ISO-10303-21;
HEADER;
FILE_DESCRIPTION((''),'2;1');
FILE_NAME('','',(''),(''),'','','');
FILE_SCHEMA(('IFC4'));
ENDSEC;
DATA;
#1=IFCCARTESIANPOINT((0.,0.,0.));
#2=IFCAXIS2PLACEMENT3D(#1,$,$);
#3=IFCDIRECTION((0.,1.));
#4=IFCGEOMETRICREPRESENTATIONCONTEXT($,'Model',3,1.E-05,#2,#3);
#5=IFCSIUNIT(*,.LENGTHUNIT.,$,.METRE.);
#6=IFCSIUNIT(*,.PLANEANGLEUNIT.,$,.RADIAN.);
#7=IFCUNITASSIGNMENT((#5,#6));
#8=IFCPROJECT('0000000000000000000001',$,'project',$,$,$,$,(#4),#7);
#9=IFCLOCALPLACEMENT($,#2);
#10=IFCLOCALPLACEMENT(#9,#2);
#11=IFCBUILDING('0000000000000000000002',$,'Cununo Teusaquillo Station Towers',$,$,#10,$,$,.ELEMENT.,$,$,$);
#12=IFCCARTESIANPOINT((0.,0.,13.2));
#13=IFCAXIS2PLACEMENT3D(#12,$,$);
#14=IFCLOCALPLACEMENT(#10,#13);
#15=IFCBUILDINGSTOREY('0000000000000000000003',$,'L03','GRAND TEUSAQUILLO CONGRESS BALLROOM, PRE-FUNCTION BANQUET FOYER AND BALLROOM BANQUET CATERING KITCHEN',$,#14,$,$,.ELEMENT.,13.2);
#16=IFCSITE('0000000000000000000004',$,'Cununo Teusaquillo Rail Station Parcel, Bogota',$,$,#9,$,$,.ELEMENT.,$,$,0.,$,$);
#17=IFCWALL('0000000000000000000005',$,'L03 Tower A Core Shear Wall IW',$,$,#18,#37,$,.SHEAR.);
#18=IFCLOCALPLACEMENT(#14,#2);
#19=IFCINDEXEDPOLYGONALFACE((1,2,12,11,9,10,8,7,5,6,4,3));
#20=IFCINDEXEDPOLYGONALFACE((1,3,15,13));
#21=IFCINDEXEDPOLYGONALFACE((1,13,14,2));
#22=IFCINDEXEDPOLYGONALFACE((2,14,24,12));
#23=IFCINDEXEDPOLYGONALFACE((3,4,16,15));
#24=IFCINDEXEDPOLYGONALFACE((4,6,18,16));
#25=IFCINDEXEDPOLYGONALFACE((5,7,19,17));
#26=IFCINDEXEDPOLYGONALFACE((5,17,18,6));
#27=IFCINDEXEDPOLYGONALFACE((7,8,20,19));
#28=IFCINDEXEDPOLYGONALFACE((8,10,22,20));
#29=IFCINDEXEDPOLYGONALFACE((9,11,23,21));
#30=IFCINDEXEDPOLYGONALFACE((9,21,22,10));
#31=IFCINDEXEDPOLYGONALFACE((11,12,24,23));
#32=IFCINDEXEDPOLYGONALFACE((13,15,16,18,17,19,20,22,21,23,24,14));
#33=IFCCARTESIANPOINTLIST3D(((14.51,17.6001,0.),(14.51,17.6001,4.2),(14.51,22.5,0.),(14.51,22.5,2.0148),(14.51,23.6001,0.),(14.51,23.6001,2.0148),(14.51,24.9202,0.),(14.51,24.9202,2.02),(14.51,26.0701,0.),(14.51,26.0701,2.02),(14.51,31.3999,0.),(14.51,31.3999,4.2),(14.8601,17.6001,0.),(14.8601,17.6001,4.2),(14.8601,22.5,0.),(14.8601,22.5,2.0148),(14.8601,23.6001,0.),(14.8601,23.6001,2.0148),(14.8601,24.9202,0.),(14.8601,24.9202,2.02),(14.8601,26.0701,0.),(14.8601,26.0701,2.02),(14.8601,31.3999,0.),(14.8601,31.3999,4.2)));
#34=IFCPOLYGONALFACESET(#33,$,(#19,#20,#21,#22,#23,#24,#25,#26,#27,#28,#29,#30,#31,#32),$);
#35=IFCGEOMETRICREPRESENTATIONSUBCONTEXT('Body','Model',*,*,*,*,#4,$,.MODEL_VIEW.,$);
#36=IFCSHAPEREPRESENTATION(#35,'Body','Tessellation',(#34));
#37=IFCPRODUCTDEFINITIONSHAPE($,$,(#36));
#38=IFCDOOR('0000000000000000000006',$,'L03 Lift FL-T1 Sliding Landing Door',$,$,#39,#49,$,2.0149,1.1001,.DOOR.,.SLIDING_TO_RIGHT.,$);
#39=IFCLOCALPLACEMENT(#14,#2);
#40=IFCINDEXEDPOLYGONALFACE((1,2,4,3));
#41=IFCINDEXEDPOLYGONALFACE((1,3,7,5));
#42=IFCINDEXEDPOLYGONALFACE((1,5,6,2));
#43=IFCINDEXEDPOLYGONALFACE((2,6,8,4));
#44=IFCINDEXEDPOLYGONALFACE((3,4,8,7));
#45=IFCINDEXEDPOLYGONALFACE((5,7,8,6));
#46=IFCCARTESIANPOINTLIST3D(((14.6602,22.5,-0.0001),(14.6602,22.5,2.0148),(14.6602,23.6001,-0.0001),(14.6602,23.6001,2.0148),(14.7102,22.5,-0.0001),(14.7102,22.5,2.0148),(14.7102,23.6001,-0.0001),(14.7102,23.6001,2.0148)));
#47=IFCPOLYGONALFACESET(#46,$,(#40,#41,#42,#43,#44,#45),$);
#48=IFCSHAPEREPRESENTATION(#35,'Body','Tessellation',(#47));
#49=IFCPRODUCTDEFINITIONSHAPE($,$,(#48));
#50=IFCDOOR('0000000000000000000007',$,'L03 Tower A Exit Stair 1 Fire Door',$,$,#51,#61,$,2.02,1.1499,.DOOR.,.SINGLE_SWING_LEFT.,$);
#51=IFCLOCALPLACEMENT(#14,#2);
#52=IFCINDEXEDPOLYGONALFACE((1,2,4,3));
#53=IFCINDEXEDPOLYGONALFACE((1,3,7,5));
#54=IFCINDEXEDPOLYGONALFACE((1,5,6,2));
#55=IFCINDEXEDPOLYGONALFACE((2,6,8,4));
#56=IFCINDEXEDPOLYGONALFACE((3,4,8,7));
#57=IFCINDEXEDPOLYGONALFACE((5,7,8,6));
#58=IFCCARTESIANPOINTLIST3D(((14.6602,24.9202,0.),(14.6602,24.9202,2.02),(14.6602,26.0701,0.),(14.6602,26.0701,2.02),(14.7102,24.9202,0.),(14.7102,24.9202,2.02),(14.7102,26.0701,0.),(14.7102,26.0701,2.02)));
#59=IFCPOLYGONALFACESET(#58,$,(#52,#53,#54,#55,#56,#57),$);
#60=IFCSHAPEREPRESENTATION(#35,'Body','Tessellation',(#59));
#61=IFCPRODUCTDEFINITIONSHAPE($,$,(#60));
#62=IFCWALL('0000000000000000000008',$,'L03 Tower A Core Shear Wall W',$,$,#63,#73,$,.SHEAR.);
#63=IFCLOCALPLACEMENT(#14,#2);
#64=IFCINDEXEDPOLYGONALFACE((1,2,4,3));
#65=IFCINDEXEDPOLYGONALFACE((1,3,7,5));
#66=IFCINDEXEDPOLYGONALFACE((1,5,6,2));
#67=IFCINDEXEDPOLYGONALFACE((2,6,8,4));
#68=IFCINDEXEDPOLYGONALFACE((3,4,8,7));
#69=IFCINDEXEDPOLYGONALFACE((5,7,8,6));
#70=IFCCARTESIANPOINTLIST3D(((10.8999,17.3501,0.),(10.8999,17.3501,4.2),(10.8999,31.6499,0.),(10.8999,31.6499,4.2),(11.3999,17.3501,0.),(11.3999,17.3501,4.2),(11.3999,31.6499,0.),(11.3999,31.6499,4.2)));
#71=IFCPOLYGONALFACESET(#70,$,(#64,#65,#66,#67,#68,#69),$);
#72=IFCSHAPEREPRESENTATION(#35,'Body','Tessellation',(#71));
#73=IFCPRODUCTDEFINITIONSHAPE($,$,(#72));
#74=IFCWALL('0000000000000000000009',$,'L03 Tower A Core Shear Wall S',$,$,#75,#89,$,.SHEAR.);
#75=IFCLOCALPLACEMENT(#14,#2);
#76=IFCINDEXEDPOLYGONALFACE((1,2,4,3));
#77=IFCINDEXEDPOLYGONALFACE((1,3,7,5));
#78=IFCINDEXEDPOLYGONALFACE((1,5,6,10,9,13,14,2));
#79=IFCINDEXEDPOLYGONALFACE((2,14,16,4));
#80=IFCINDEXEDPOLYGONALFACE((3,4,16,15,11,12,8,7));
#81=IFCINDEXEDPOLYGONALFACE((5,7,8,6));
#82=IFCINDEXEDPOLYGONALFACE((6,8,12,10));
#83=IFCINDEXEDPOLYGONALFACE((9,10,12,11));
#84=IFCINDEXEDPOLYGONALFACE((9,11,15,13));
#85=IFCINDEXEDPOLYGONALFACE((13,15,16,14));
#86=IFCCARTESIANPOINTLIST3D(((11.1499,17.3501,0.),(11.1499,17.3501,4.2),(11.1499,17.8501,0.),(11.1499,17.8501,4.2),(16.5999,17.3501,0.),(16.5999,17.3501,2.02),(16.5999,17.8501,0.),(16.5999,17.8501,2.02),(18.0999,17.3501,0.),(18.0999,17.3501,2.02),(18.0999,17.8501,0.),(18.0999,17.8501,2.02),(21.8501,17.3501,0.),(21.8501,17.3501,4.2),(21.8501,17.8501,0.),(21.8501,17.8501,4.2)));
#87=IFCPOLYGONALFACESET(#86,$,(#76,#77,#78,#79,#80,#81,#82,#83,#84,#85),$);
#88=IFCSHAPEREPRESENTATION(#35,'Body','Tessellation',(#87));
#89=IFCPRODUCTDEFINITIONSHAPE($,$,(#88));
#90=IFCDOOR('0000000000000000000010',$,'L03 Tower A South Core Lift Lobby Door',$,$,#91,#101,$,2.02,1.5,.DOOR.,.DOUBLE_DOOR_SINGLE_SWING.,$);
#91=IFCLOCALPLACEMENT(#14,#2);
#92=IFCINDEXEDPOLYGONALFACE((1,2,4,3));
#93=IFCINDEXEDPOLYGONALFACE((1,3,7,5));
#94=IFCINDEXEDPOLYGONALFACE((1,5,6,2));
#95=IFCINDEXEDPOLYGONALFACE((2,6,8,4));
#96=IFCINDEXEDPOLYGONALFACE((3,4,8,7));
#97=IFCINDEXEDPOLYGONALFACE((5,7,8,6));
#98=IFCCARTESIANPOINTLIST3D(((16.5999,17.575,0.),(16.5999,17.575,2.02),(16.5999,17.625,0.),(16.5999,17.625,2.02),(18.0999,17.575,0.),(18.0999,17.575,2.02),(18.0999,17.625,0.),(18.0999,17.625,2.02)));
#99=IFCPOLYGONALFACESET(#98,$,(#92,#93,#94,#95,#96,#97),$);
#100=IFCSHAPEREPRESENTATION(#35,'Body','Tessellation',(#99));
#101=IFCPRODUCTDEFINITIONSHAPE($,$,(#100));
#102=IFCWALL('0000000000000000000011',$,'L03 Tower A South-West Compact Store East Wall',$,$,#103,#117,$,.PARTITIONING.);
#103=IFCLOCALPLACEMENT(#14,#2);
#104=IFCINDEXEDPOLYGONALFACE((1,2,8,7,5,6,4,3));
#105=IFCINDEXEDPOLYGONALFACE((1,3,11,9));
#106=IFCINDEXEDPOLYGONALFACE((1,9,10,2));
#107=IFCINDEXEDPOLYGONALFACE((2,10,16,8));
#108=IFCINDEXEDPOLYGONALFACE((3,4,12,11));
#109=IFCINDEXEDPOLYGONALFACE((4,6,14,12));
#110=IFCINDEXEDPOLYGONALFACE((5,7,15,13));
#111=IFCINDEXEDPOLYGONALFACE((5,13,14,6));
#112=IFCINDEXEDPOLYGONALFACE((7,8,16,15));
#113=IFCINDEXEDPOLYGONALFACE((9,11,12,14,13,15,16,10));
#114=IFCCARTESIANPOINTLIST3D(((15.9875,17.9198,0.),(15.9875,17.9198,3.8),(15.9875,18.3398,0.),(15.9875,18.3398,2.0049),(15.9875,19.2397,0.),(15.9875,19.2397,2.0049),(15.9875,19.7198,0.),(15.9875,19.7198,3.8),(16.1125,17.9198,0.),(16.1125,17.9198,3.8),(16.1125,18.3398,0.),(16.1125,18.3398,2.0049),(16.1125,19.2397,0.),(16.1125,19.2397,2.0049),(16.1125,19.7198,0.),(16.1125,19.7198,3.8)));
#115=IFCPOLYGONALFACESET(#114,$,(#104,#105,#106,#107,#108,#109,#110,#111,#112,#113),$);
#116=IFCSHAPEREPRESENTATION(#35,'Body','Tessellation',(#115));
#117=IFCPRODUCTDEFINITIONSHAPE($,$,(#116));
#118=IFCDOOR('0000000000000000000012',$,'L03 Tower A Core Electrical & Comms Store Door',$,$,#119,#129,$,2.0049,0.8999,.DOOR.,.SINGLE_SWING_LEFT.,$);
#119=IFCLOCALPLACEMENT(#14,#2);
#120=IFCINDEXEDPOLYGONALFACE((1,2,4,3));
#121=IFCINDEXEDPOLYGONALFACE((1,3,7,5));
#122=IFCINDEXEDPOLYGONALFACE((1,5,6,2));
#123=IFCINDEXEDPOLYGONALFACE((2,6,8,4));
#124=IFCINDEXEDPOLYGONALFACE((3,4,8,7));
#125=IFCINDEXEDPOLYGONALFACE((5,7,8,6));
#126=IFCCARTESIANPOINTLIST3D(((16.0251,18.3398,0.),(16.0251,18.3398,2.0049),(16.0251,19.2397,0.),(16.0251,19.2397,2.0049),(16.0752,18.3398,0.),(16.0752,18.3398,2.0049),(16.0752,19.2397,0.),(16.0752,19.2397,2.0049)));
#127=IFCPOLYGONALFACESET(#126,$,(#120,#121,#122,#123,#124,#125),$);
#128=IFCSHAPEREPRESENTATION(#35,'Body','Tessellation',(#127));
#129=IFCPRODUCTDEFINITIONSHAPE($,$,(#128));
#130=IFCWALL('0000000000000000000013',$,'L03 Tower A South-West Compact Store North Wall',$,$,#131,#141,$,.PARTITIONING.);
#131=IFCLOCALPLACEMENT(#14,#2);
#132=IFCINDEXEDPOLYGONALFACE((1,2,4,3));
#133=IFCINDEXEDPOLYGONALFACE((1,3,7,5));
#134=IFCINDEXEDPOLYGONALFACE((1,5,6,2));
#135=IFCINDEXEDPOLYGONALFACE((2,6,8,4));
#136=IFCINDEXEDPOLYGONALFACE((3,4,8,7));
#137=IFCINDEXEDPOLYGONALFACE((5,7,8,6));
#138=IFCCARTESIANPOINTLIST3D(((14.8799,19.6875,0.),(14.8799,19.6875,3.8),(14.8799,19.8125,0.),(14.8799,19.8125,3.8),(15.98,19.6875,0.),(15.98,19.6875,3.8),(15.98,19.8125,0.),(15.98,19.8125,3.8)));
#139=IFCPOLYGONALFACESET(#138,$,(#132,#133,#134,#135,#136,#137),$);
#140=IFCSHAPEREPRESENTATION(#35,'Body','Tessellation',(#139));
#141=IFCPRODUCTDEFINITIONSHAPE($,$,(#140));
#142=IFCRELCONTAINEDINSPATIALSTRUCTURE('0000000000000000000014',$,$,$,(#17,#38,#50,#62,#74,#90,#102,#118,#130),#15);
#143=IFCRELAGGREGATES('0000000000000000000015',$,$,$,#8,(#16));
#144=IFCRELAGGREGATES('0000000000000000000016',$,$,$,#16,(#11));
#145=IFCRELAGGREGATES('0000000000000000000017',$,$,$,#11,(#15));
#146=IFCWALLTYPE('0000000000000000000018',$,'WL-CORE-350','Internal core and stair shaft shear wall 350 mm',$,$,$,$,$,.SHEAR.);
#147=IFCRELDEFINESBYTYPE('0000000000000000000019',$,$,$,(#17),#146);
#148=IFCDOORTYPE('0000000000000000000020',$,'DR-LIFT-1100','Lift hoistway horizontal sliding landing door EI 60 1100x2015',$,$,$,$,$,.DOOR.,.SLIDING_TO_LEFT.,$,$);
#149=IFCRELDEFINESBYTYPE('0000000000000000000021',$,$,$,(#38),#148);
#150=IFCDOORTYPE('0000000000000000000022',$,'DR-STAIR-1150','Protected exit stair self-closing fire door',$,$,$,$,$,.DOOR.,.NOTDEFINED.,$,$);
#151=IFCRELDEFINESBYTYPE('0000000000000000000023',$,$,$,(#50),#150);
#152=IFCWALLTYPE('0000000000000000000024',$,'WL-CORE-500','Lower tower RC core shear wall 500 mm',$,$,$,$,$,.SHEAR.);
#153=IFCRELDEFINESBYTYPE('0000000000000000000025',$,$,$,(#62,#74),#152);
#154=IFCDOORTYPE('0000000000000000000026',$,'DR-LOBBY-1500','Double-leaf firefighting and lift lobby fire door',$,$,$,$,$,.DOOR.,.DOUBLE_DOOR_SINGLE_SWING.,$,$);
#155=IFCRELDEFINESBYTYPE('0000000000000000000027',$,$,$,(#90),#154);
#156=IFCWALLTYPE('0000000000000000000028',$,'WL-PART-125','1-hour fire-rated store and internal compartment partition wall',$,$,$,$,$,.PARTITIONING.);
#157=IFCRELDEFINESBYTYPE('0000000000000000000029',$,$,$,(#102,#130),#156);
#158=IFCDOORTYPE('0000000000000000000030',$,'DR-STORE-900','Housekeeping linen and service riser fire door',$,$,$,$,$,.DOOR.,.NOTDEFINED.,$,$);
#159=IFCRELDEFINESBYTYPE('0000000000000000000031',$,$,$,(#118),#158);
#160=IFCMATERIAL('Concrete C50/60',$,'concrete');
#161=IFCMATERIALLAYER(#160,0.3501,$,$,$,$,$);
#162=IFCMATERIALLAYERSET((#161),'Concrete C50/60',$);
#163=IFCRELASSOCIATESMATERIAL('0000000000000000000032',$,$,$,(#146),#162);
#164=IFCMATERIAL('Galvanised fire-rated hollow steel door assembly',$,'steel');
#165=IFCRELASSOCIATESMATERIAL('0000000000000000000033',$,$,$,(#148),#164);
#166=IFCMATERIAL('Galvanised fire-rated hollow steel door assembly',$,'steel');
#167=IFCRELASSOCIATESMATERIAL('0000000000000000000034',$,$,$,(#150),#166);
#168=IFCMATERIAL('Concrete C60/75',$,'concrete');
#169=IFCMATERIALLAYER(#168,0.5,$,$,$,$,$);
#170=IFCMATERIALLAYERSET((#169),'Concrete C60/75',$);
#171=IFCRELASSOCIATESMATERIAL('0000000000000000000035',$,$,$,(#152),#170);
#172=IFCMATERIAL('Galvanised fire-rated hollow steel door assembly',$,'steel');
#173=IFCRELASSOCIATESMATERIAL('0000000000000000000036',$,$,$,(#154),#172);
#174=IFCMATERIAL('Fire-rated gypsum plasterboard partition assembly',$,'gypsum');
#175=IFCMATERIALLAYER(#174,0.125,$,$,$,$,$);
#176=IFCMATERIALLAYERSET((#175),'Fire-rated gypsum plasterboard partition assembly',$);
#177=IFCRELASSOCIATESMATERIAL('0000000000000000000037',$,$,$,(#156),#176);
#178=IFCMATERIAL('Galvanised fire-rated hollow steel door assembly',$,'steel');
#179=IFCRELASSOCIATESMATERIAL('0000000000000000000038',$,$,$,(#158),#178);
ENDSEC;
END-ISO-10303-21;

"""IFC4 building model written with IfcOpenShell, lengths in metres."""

from ifc_helpers import new_model, si_unit, direction, frame, frame_2d, origin, place, context, subcontext, project, spatial, rectangle, extrude, source, transform, mapped, material, layer, layer_set, type_object, element, fill, save


model = new_model("IFC4")

# Units and contexts
model_context = context("Model", 3, precision=1e-05, world=origin(), true_north=direction((0.0, 1.0)))
body_context = subcontext(model_context, "Body", "Model", "MODEL_VIEW")
ifc_project = project(units=[si_unit("LENGTHUNIT", "METRE"), si_unit("PLANEANGLEUNIT", "RADIAN")], contexts=[model_context])

# Site, building, storey
site_placement = place(None, origin())
site = spatial("IfcSite", under=ifc_project, at=site_placement, Name="Cununo Teusaquillo Rail Station Parcel, Bogota", CompositionType="ELEMENT", RefElevation=0.0)
building_placement = place(site_placement, origin())
building = spatial("IfcBuilding", under=site, at=building_placement, Name="Cununo Teusaquillo Station Towers", CompositionType="ELEMENT")
storey_placement = place(building_placement, frame((0.0, 0.0, 13.2)))
storey = spatial("IfcBuildingStorey", under=building, at=storey_placement, Name="L03", Description="GRAND TEUSAQUILLO CONGRESS BALLROOM, PRE-FUNCTION BANQUET FOYER AND BALLROOM BANQUET CATERING KITCHEN", CompositionType="ELEMENT", Elevation=13.2)

# Shared definitions
ifc_material_1 = material(Name="Concrete C50/60", Category="concrete")
ifc_layer_1 = layer(ifc_material_1, 0.3501)
ifc_layer_set_1 = layer_set([ifc_layer_1], Name="Concrete C50/60")
wall_type_1 = type_object("IfcWallType", Name="WL-CORE-350", Description="Internal core and stair shaft shear wall 350 mm", PredefinedType="SHEAR", material=ifc_layer_set_1)

# Wall, openings, doors
wall_1_placement = place(storey_placement, frame((14.6851, 17.6001, 0.0), z_axis=(0.0, 0.0, 1.0), x_axis=(0.0, 1.0, 0.0)))
wall_1 = element("IfcWall", 1, at=wall_1_placement, inside=storey, type_object=wall_type_1, Name="L03 Tower A Core Shear Wall IW", PredefinedType="SHEAR", context=body_context, shape_type="SweptSolid", body=[
    extrude(rectangle(XDim=13.7998, YDim=0.3501, at=frame_2d((6.8999, 0.0))), origin(), (0.0, 0.0, 1.0), 4.2),
])
shared_shape_1 = source(origin(), body_context, "Body", "SweptSolid", [
    extrude(rectangle(XDim=1.1001, YDim=2.0149, at=frame_2d((0.55, 1.0073))), frame((0.0, 0.1851, 0.0), z_axis=(0.0, -1.0, 0.0), x_axis=(1.0, 0.0, 0.0)), (0.0, 0.0, 1.0), 0.3701),
])
opening_1_placement = place(wall_1_placement, frame((4.8999, 0.0, 0.0)))
opening_1 = element("IfcOpeningElement", 2, at=opening_1_placement, cuts=wall_1, PredefinedType="OPENING", context=body_context, shape_type="MappedRepresentation", body=[
    mapped(shared_shape_1, transform((0.0, 0.0, 0.0), x_axis=(1.0, 0.0, 0.0), y_axis=(0.0, 1.0, 0.0), z_axis=(0.0, 0.0, 1.0), scale=1.0)),
])
shared_shape_2 = source(origin(), body_context, "Body", "SweptSolid", [
    extrude(rectangle(XDim=1.1499, YDim=2.02, at=frame_2d((0.575, 1.01))), frame((0.0, 0.1851, 0.0), z_axis=(0.0, -1.0, 0.0), x_axis=(1.0, 0.0, 0.0)), (0.0, 0.0, 1.0), 0.3701),
])
opening_2_placement = place(wall_1_placement, frame((7.3201, 0.0, 0.0)))
opening_2 = element("IfcOpeningElement", 3, at=opening_2_placement, cuts=wall_1, PredefinedType="OPENING", context=body_context, shape_type="MappedRepresentation", body=[
    mapped(shared_shape_2, transform((0.0, 0.0, 0.0), x_axis=(1.0, 0.0, 0.0), y_axis=(0.0, 1.0, 0.0), z_axis=(0.0, 0.0, 1.0), scale=1.0)),
])
ifc_material_2 = material(Name="Galvanised fire-rated hollow steel door assembly", Category="steel")
door_type_1 = type_object("IfcDoorType", Name="DR-LIFT-1100", Description="Lift hoistway horizontal sliding landing door EI 60 1100x2015", OperationType="SLIDING_TO_LEFT", PredefinedType="DOOR", material=ifc_material_2)
shared_shape_3 = source(origin(), body_context, "Body", "SweptSolid", [
    extrude(rectangle(XDim=1.1001, YDim=2.0149, at=frame_2d((0.55, 1.0073))), frame((0.0, 0.0249, 0.0), z_axis=(0.0, -1.0, 0.0), x_axis=(1.0, 0.0, 0.0)), (0.0, 0.0, 1.0), 0.05),
])
door_1_placement = place(opening_1_placement, origin())
door_1 = element("IfcDoor", 4, at=door_1_placement, inside=storey, type_object=door_type_1, Name="L03 Lift FL-T1 Sliding Landing Door", OperationType="SLIDING_TO_RIGHT", OverallHeight=2.0149, OverallWidth=1.1001, PredefinedType="DOOR", context=body_context, shape_type="MappedRepresentation", body=[
    mapped(shared_shape_3, transform((0.0, 0.0, 0.0), x_axis=(1.0, 0.0, 0.0), y_axis=(0.0, 1.0, 0.0), z_axis=(0.0, 0.0, 1.0), scale=1.0)),
])
fill(opening_1, door_1)
ifc_material_3 = material(Name="Galvanised fire-rated hollow steel door assembly", Category="steel")
door_type_2 = type_object("IfcDoorType", Name="DR-STAIR-1150", Description="Protected exit stair self-closing fire door", OperationType="NOTDEFINED", PredefinedType="DOOR", material=ifc_material_3)
shared_shape_4 = source(origin(), body_context, "Body", "SweptSolid", [
    extrude(rectangle(XDim=1.1499, YDim=2.02, at=frame_2d((0.575, 1.01))), frame((0.0, 0.0249, 0.0), z_axis=(0.0, -1.0, 0.0), x_axis=(1.0, 0.0, 0.0)), (0.0, 0.0, 1.0), 0.05),
])
door_2_placement = place(opening_2_placement, origin())
door_2 = element("IfcDoor", 5, at=door_2_placement, inside=storey, type_object=door_type_2, Name="L03 Tower A Exit Stair 1 Fire Door", OperationType="SINGLE_SWING_LEFT", OverallHeight=2.02, OverallWidth=1.1499, PredefinedType="DOOR", context=body_context, shape_type="MappedRepresentation", body=[
    mapped(shared_shape_4, transform((0.0, 0.0, 0.0), x_axis=(1.0, 0.0, 0.0), y_axis=(0.0, 1.0, 0.0), z_axis=(0.0, 0.0, 1.0), scale=1.0)),
])
fill(opening_2, door_2)

# Wall
ifc_material_4 = material(Name="Concrete C60/75", Category="concrete")
ifc_layer_2 = layer(ifc_material_4, 0.5)
ifc_layer_set_2 = layer_set([ifc_layer_2], Name="Concrete C60/75")
wall_type_2 = type_object("IfcWallType", Name="WL-CORE-500", Description="Lower tower RC core shear wall 500 mm", PredefinedType="SHEAR", material=ifc_layer_set_2)
wall_2_placement = place(storey_placement, frame((11.1499, 17.3501, 0.0), z_axis=(0.0, 0.0, 1.0), x_axis=(0.0, 1.0, 0.0)))
element("IfcWall", 6, at=wall_2_placement, inside=storey, type_object=wall_type_2, Name="L03 Tower A Core Shear Wall W", PredefinedType="SHEAR", context=body_context, shape_type="SweptSolid", body=[
    extrude(rectangle(XDim=14.2998, YDim=0.5, at=frame_2d((7.1499, 0.0))), origin(), (0.0, 0.0, 1.0), 4.2),
])

# Walls, openings, doors
wall_3_placement = place(storey_placement, frame((11.1499, 17.6001, 0.0), z_axis=(0.0, 0.0, 1.0), x_axis=(1.0, 0.0, 0.0)))
wall_3 = element("IfcWall", 7, at=wall_3_placement, inside=storey, type_object=wall_type_2, Name="L03 Tower A Core Shear Wall S", PredefinedType="SHEAR", context=body_context, shape_type="SweptSolid", body=[
    extrude(rectangle(XDim=10.7002, YDim=0.5, at=frame_2d((5.3501, 0.0))), origin(), (0.0, 0.0, 1.0), 4.2),
])
shared_shape_5 = source(origin(), body_context, "Body", "SweptSolid", [
    extrude(rectangle(XDim=1.5, YDim=2.02, at=frame_2d((0.75, 1.01))), frame((0.0, 0.26, 0.0), z_axis=(0.0, -1.0, 0.0), x_axis=(1.0, 0.0, 0.0)), (0.0, 0.0, 1.0), 0.52),
])
opening_3_placement = place(wall_3_placement, frame((5.45, 0.0, 0.0)))
opening_3 = element("IfcOpeningElement", 8, at=opening_3_placement, cuts=wall_3, PredefinedType="OPENING", context=body_context, shape_type="MappedRepresentation", body=[
    mapped(shared_shape_5, transform((0.0, 0.0, 0.0), x_axis=(1.0, 0.0, 0.0), y_axis=(0.0, 1.0, 0.0), z_axis=(0.0, 0.0, 1.0), scale=1.0)),
])
ifc_material_5 = material(Name="Galvanised fire-rated hollow steel door assembly", Category="steel")
door_type_3 = type_object("IfcDoorType", Name="DR-LOBBY-1500", Description="Double-leaf firefighting and lift lobby fire door", OperationType="DOUBLE_DOOR_SINGLE_SWING", PredefinedType="DOOR", material=ifc_material_5)
shared_shape_6 = source(origin(), body_context, "Body", "SweptSolid", [
    extrude(rectangle(XDim=1.5, YDim=2.02, at=frame_2d((0.75, 1.01))), frame((0.0, 0.0249, 0.0), z_axis=(0.0, -1.0, 0.0), x_axis=(1.0, 0.0, 0.0)), (0.0, 0.0, 1.0), 0.05),
])
door_3_placement = place(opening_3_placement, origin())
door_3 = element("IfcDoor", 9, at=door_3_placement, inside=storey, type_object=door_type_3, Name="L03 Tower A South Core Lift Lobby Door", OperationType="DOUBLE_DOOR_SINGLE_SWING", OverallHeight=2.02, OverallWidth=1.5, PredefinedType="DOOR", context=body_context, shape_type="MappedRepresentation", body=[
    mapped(shared_shape_6, transform((0.0, 0.0, 0.0), x_axis=(1.0, 0.0, 0.0), y_axis=(0.0, 1.0, 0.0), z_axis=(0.0, 0.0, 1.0), scale=1.0)),
])
fill(opening_3, door_3)
ifc_material_6 = material(Name="Fire-rated gypsum plasterboard partition assembly", Category="gypsum")
ifc_layer_3 = layer(ifc_material_6, 0.125)
ifc_layer_set_3 = layer_set([ifc_layer_3], Name="Fire-rated gypsum plasterboard partition assembly")
wall_type_3 = type_object("IfcWallType", Name="WL-PART-125", Description="1-hour fire-rated store and internal compartment partition wall", PredefinedType="PARTITIONING", material=ifc_layer_set_3)
wall_4_placement = place(storey_placement, frame((16.05, 17.9199, 0.0), z_axis=(0.0, 0.0, 1.0), x_axis=(0.0, 1.0, 0.0)))
wall_4 = element("IfcWall", 10, at=wall_4_placement, inside=storey, type_object=wall_type_3, Name="L03 Tower A South-West Compact Store East Wall", PredefinedType="PARTITIONING", context=body_context, shape_type="SweptSolid", body=[
    extrude(rectangle(XDim=1.8, YDim=0.125, at=frame_2d((0.8999, 0.0))), origin(), (0.0, 0.0, 1.0), 3.8),
])
shared_shape_7 = source(origin(), body_context, "Body", "SweptSolid", [
    extrude(rectangle(XDim=0.8999, YDim=2.0049, at=frame_2d((0.45, 1.0024))), frame((0.0, 0.0725, 0.0), z_axis=(0.0, -1.0, 0.0), x_axis=(1.0, 0.0, 0.0)), (0.0, 0.0, 1.0), 0.145),
])
opening_4_placement = place(wall_4_placement, frame((0.4199, 0.0, 0.0)))
opening_4 = element("IfcOpeningElement", 11, at=opening_4_placement, cuts=wall_4, PredefinedType="OPENING", context=body_context, shape_type="MappedRepresentation", body=[
    mapped(shared_shape_7, transform((0.0, 0.0, 0.0), x_axis=(1.0, 0.0, 0.0), y_axis=(0.0, 1.0, 0.0), z_axis=(0.0, 0.0, 1.0), scale=1.0)),
])
ifc_material_7 = material(Name="Galvanised fire-rated hollow steel door assembly", Category="steel")
door_type_4 = type_object("IfcDoorType", Name="DR-STORE-900", Description="Housekeeping linen and service riser fire door", OperationType="NOTDEFINED", PredefinedType="DOOR", material=ifc_material_7)
shared_shape_8 = source(origin(), body_context, "Body", "SweptSolid", [
    extrude(rectangle(XDim=0.8999, YDim=2.0049, at=frame_2d((0.45, 1.0024))), frame((0.0, 0.0249, 0.0), z_axis=(0.0, -1.0, 0.0), x_axis=(1.0, 0.0, 0.0)), (0.0, 0.0, 1.0), 0.05),
])
door_4_placement = place(opening_4_placement, origin())
door_4 = element("IfcDoor", 12, at=door_4_placement, inside=storey, type_object=door_type_4, Name="L03 Tower A Core Electrical & Comms Store Door", OperationType="SINGLE_SWING_LEFT", OverallHeight=2.0049, OverallWidth=0.8999, PredefinedType="DOOR", context=body_context, shape_type="MappedRepresentation", body=[
    mapped(shared_shape_8, transform((0.0, 0.0, 0.0), x_axis=(1.0, 0.0, 0.0), y_axis=(0.0, 1.0, 0.0), z_axis=(0.0, 0.0, 1.0), scale=1.0)),
])
fill(opening_4, door_4)

# Wall
wall_5_placement = place(storey_placement, frame((14.8799, 19.75, 0.0), z_axis=(0.0, 0.0, 1.0), x_axis=(1.0, 0.0, 0.0)))
element("IfcWall", 13, at=wall_5_placement, inside=storey, type_object=wall_type_3, Name="L03 Tower A South-West Compact Store North Wall", PredefinedType="PARTITIONING", context=body_context, shape_type="SweptSolid", body=[
    extrude(rectangle(XDim=1.1001, YDim=0.125, at=frame_2d((0.55, 0.0))), origin(), (0.0, 0.0, 1.0), 3.8),
])

save(model, "model.ifc")
